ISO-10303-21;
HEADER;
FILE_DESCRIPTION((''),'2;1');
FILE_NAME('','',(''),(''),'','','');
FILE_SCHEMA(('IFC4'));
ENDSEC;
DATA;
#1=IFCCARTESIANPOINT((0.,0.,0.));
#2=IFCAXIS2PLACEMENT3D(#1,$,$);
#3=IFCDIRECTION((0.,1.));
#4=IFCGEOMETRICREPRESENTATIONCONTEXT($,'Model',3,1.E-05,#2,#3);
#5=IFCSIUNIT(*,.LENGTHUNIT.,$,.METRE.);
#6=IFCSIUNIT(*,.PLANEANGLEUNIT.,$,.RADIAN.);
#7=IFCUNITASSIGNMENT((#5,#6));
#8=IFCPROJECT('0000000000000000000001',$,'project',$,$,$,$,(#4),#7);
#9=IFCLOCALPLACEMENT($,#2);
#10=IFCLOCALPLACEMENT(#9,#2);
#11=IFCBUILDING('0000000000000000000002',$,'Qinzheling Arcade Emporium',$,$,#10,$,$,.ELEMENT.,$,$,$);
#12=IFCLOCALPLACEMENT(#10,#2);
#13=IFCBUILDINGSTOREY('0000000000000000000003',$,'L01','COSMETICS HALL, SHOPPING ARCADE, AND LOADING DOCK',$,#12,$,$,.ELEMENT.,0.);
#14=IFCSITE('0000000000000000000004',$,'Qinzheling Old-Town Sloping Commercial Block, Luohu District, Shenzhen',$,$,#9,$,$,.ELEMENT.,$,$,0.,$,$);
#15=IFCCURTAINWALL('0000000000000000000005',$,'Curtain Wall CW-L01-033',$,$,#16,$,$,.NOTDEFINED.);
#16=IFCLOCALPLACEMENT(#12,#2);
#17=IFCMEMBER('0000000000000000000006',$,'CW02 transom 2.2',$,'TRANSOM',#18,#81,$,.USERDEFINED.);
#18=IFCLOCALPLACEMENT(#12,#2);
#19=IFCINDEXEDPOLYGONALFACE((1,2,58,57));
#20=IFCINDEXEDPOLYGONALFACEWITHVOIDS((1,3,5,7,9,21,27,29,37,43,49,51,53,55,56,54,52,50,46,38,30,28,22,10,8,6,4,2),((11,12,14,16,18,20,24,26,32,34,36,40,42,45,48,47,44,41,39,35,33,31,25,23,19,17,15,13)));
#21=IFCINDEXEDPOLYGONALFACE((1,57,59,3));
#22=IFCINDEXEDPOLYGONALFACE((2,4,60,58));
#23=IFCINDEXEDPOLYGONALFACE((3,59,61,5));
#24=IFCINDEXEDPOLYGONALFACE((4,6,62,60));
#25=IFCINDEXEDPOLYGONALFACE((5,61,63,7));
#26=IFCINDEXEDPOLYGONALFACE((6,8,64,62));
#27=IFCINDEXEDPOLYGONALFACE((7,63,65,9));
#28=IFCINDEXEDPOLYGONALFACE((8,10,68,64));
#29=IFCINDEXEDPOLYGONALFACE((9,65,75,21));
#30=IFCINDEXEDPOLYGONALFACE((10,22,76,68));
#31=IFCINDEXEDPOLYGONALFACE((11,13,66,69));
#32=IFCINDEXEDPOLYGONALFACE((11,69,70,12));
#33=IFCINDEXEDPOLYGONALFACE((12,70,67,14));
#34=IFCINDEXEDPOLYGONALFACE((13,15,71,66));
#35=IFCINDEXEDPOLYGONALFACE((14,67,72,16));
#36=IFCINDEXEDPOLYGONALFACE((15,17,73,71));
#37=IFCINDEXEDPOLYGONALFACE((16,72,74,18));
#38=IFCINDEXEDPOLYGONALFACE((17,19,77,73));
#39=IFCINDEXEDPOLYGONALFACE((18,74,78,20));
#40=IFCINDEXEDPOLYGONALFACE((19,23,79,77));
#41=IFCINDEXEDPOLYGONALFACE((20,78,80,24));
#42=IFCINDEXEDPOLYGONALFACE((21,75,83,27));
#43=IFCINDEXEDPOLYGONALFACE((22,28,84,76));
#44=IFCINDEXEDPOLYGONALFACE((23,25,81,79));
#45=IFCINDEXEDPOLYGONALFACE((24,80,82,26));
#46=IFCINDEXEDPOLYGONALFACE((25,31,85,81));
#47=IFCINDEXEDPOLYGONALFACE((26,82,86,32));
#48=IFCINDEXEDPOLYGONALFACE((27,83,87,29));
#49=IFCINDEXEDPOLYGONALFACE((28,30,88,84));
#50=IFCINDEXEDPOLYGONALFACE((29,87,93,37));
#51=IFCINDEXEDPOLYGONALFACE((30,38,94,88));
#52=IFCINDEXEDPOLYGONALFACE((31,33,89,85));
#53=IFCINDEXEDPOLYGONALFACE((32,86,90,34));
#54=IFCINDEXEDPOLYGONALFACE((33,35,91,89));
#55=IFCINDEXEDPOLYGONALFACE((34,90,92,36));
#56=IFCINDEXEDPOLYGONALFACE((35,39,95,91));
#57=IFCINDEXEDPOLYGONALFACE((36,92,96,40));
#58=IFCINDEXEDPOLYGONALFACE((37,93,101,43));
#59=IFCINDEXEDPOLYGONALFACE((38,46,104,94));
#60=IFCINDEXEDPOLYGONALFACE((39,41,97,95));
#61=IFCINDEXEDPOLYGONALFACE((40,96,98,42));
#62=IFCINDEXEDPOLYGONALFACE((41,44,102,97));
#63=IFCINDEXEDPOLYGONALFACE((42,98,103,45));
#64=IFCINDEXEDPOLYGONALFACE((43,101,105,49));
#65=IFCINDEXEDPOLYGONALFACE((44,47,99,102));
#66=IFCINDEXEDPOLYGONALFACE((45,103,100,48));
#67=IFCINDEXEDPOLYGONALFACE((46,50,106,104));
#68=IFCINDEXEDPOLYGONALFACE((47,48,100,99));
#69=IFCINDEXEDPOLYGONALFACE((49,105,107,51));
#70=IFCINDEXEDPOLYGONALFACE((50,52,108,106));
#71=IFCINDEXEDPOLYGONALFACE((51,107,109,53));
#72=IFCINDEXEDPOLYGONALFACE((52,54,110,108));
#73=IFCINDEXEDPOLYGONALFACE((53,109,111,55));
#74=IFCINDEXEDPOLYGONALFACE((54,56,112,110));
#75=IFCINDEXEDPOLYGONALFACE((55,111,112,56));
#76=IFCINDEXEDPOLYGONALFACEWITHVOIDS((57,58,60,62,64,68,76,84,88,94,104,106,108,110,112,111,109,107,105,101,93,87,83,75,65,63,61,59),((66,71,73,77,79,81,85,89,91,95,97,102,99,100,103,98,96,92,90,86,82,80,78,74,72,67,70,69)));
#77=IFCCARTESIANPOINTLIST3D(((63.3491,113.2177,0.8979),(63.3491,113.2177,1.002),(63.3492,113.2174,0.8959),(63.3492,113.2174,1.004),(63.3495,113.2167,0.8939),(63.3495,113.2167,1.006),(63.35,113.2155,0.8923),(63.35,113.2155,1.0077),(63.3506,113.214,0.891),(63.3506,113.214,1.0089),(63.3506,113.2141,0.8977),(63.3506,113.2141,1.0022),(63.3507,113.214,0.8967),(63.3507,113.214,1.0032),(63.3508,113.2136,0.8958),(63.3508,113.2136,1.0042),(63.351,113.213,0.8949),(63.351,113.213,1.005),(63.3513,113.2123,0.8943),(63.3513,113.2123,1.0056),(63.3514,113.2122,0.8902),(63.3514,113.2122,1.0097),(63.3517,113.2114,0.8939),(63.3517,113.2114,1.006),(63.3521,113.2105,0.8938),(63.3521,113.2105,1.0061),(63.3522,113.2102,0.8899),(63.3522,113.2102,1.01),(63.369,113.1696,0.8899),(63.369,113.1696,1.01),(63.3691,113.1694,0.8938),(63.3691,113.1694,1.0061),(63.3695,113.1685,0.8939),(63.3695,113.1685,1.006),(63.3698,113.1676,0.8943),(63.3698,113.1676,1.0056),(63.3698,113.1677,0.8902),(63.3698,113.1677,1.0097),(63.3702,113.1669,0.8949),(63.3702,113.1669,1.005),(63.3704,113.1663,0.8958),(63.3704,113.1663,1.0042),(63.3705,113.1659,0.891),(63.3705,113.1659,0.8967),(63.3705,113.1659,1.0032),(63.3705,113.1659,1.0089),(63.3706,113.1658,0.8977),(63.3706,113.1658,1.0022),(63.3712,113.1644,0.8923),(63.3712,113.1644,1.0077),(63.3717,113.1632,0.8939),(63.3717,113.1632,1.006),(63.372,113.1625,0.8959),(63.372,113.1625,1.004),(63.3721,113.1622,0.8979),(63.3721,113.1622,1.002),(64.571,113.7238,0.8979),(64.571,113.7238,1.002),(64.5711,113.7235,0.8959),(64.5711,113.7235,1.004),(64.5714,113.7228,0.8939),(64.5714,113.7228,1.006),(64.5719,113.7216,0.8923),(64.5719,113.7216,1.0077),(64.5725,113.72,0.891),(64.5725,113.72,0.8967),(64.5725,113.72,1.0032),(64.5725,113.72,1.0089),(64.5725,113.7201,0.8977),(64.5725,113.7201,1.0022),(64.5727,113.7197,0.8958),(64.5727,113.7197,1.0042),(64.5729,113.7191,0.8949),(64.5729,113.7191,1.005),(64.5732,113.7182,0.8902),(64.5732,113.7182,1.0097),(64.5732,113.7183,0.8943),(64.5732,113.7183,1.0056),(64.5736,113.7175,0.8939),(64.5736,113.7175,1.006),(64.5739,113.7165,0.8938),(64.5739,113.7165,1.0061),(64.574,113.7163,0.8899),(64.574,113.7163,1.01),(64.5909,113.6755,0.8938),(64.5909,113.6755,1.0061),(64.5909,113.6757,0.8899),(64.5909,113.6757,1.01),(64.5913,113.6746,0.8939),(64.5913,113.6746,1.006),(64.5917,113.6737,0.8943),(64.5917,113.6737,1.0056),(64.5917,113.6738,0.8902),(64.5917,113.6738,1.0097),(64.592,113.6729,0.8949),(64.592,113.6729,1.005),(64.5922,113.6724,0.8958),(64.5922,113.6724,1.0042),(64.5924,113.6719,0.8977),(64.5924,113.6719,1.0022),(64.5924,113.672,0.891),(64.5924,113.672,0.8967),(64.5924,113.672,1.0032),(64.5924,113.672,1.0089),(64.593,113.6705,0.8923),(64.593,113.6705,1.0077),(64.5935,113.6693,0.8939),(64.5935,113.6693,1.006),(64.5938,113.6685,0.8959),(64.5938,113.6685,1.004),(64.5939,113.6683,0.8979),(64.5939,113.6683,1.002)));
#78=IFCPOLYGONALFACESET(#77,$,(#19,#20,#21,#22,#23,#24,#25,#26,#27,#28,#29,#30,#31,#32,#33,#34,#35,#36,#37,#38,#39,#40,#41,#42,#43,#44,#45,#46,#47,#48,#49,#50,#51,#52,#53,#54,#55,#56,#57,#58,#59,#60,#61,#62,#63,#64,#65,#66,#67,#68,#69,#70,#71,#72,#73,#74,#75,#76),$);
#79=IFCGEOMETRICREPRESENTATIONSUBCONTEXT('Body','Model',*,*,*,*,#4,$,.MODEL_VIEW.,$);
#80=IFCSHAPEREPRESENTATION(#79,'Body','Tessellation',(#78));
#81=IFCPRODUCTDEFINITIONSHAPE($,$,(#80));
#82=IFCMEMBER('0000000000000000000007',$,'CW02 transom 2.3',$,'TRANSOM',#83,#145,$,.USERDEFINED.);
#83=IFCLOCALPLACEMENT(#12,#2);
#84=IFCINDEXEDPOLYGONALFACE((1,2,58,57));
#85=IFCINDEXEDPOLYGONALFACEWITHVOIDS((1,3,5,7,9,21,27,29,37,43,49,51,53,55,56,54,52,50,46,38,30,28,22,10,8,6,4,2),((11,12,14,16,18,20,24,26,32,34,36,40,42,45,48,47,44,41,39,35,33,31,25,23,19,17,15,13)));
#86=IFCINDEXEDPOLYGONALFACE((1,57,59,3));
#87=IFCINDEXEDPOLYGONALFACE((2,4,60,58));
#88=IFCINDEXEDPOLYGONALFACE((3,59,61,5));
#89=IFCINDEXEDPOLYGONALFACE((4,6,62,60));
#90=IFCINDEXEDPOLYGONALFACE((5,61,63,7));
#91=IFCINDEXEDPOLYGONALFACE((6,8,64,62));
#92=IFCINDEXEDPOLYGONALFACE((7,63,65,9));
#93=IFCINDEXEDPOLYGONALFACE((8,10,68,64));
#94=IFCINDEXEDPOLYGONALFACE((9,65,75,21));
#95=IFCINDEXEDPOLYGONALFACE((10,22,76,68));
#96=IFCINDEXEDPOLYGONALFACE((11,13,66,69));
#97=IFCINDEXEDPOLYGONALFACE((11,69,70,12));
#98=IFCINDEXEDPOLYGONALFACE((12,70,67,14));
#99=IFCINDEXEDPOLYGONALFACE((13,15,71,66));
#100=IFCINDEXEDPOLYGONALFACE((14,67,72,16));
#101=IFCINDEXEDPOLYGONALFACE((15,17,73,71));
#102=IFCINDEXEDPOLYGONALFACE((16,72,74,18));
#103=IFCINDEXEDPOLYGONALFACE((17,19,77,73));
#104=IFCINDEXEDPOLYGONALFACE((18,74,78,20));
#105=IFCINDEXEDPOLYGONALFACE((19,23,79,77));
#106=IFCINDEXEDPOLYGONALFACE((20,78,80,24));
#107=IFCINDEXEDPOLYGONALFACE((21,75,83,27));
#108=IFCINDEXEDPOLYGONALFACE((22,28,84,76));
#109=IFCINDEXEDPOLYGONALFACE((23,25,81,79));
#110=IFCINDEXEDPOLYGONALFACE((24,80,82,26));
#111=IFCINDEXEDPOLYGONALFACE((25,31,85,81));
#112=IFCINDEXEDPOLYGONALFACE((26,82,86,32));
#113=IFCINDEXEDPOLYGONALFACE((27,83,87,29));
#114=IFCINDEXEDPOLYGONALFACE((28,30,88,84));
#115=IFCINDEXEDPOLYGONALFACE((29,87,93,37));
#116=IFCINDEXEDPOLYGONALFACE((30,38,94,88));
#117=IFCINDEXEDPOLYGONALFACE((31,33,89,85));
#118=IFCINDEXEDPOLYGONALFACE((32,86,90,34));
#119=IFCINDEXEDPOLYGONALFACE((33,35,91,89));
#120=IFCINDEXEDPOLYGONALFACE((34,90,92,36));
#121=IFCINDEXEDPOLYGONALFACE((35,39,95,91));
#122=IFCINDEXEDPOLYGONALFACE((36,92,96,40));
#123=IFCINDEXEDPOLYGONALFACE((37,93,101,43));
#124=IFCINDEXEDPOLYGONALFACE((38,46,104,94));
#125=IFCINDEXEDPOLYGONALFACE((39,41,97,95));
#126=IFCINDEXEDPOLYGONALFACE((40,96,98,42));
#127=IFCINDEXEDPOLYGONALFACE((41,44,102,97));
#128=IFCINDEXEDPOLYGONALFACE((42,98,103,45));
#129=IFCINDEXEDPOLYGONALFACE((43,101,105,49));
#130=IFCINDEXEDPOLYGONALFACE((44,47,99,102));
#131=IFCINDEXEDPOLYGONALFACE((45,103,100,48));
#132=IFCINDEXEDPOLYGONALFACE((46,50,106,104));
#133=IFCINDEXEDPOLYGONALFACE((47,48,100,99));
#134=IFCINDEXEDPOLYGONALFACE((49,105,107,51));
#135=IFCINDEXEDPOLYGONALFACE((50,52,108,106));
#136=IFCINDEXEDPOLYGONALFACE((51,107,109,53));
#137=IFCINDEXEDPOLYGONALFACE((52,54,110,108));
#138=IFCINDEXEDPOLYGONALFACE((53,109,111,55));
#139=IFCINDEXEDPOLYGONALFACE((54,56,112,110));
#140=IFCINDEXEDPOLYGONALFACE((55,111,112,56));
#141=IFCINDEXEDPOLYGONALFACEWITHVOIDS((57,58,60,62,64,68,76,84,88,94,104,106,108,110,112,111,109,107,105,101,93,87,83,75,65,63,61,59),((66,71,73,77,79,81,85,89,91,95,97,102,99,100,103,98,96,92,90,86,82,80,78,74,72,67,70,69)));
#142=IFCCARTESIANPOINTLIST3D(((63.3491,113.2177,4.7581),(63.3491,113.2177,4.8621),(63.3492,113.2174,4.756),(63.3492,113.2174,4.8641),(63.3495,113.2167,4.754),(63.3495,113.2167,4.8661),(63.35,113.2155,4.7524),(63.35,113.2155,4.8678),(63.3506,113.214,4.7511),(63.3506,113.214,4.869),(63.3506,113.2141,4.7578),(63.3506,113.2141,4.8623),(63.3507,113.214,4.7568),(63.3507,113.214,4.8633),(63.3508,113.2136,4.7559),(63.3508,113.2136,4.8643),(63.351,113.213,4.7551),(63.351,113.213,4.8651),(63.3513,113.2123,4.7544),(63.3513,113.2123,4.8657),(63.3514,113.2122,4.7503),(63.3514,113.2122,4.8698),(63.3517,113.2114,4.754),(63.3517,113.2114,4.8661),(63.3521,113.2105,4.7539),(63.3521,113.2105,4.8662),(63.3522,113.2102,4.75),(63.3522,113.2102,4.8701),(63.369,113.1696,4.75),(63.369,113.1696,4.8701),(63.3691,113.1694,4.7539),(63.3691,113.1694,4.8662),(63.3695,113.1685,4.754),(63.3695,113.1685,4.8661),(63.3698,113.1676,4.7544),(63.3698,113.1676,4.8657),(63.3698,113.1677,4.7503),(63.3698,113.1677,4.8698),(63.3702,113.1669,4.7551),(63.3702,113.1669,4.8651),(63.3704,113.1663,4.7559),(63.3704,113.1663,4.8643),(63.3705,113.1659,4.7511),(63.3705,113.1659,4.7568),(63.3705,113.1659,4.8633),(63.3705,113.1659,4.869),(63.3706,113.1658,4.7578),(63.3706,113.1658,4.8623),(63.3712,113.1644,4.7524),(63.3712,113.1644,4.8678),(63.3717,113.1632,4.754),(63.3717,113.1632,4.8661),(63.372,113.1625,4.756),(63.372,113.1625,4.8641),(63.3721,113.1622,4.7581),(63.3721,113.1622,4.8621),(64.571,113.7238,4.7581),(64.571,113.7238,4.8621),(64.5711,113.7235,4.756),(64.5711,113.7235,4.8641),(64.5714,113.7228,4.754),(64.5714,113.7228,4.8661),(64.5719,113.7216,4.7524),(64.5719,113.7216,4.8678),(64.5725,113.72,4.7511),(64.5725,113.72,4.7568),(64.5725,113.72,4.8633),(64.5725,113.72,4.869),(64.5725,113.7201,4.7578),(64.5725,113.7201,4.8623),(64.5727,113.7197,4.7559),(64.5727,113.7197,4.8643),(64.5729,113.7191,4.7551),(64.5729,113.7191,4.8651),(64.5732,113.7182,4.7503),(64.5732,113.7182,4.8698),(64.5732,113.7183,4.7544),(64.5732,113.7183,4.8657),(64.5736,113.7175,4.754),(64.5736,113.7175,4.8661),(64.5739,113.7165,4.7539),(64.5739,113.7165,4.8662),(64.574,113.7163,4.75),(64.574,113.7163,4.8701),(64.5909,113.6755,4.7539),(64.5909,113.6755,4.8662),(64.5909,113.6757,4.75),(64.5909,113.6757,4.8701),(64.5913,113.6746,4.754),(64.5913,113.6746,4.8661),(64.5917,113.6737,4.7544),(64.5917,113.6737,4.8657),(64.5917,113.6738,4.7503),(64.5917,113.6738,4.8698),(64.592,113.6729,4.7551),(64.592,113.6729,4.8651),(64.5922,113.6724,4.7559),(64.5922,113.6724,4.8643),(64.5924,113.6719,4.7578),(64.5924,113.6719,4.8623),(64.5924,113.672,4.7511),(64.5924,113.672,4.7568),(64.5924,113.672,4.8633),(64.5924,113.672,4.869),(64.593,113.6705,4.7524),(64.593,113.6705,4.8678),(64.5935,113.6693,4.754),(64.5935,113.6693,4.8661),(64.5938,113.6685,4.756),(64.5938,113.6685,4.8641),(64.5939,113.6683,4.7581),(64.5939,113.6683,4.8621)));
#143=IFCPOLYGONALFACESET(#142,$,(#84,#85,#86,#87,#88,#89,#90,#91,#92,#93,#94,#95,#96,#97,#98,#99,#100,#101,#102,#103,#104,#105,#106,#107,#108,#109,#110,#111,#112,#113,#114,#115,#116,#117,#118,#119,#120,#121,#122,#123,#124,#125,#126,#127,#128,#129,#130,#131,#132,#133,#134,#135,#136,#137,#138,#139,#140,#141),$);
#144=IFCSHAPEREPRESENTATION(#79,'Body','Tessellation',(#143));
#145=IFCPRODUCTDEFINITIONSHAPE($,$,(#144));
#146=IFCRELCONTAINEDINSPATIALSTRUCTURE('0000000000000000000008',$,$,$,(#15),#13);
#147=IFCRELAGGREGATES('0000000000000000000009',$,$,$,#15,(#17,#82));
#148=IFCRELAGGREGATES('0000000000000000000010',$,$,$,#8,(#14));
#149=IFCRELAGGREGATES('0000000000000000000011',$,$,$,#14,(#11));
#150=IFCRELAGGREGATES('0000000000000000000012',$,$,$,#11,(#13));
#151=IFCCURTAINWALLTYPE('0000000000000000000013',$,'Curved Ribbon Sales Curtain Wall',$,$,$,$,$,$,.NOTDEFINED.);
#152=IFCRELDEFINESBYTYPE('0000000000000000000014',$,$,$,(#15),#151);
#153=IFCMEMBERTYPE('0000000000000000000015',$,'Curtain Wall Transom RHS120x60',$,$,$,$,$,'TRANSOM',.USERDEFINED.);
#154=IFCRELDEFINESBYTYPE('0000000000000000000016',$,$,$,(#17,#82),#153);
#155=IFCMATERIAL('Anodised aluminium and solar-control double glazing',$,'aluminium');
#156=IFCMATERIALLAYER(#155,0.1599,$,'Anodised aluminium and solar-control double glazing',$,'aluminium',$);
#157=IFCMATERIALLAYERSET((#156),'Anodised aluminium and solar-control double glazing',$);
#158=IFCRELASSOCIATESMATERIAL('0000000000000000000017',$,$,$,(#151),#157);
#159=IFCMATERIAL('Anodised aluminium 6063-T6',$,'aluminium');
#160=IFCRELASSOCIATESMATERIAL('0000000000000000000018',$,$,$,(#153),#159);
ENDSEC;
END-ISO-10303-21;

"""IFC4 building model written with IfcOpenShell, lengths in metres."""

from ifc_helpers import new_model, si_unit, direction, frame, origin, origin_2d, place, context, subcontext, project, spatial, hollow_rectangle, extrude, material, layer, layer_set, material_profile, profile_set, type_object, element, aggregate, save


model = new_model("IFC4")

# Units and contexts
model_context = context("Model", 3, precision=1e-05, world=origin(), true_north=direction((0.0, 1.0)))
body_context = subcontext(model_context, "Body", "Model", "MODEL_VIEW")
ifc_project = project(units=[si_unit("LENGTHUNIT", "METRE"), si_unit("PLANEANGLEUNIT", "RADIAN")], contexts=[model_context])

# Site, building, storey
site_placement = place(None, origin())
site = spatial("IfcSite", under=ifc_project, at=site_placement, Name="Qinzheling Old-Town Sloping Commercial Block, Luohu District, Shenzhen", CompositionType="ELEMENT", RefElevation=0.0)
building_placement = place(site_placement, origin())
building = spatial("IfcBuilding", under=site, at=building_placement, Name="Qinzheling Arcade Emporium", CompositionType="ELEMENT")
storey_placement = place(building_placement, origin())
storey = spatial("IfcBuildingStorey", under=building, at=storey_placement, Name="L01", Description="COSMETICS HALL, SHOPPING ARCADE, AND LOADING DOCK", CompositionType="ELEMENT", Elevation=0.0)

# Curtain wall
ifc_material_1 = material(Name="Anodised aluminium and solar-control double glazing", Category="aluminium")
ifc_layer_1 = layer(ifc_material_1, 0.1599, Name="Anodised aluminium and solar-control double glazing", Category="aluminium")
ifc_layer_set_1 = layer_set([ifc_layer_1], Name="Anodised aluminium and solar-control double glazing")
curtain_wall_type = type_object("IfcCurtainWallType", Name="Curved Ribbon Sales Curtain Wall", PredefinedType="NOTDEFINED", material=ifc_layer_set_1)
curtain_wall_1_placement = place(storey_placement, origin())
curtain_wall_1 = element("IfcCurtainWall", 1, at=curtain_wall_1_placement, inside=storey, type_object=curtain_wall_type, Name="Curtain Wall CW-L01-033", PredefinedType="NOTDEFINED")
ifc_material_2 = material(Name="Anodised aluminium 6063-T6", Category="aluminium")

# Members
ifc_material_profile_1 = material_profile(ifc_material_2, hollow_rectangle(XDim=0.0601, YDim=0.1201, WallThickness=0.0039, InnerFilletRadius=0.0039, OuterFilletRadius=0.0081, at=origin_2d()), Name="RHS 120x60x4", Category="aluminium")
ifc_profile_set_1 = profile_set([ifc_material_profile_1], Name="Anodised aluminium 6063-T6")
member_type_1 = type_object("IfcMemberType", Name="Curtain Wall Transom RHS120x60", ElementType="TRANSOM", PredefinedType="USERDEFINED", material=ifc_profile_set_1)
member_1_placement = place(storey_placement, frame((63.3606, 113.1899, 0.95), z_axis=(0.923889, 0.382662, 0.0), x_axis=(-0.382662, 0.923889, 0.0)))
member_1 = element("IfcMember", 2, at=member_1_placement, type_object=member_type_1, Name="CW02 transom 2.2", ObjectType="TRANSOM", PredefinedType="USERDEFINED", context=body_context, shape_type="SweptSolid", body=[
    extrude(hollow_rectangle(XDim=0.0601, YDim=0.1201, WallThickness=0.0039, InnerFilletRadius=0.0039, OuterFilletRadius=0.0081, at=origin_2d()), origin(), (0.0, 0.0, 1.0), 1.3225),
])
member_2_placement = place(storey_placement, frame((63.3606, 113.1899, 4.8101), z_axis=(0.923889, 0.382662, 0.0), x_axis=(-0.382662, 0.923889, 0.0)))
member_2 = element("IfcMember", 3, at=member_2_placement, type_object=member_type_1, Name="CW02 transom 2.3", ObjectType="TRANSOM", PredefinedType="USERDEFINED", context=body_context, shape_type="SweptSolid", body=[
    extrude(hollow_rectangle(XDim=0.0601, YDim=0.1201, WallThickness=0.0039, InnerFilletRadius=0.0039, OuterFilletRadius=0.0081, at=origin_2d()), origin(), (0.0, 0.0, 1.0), 1.3225),
])

aggregate(curtain_wall_1, [member_1, member_2])

save(model, "model.ifc")
